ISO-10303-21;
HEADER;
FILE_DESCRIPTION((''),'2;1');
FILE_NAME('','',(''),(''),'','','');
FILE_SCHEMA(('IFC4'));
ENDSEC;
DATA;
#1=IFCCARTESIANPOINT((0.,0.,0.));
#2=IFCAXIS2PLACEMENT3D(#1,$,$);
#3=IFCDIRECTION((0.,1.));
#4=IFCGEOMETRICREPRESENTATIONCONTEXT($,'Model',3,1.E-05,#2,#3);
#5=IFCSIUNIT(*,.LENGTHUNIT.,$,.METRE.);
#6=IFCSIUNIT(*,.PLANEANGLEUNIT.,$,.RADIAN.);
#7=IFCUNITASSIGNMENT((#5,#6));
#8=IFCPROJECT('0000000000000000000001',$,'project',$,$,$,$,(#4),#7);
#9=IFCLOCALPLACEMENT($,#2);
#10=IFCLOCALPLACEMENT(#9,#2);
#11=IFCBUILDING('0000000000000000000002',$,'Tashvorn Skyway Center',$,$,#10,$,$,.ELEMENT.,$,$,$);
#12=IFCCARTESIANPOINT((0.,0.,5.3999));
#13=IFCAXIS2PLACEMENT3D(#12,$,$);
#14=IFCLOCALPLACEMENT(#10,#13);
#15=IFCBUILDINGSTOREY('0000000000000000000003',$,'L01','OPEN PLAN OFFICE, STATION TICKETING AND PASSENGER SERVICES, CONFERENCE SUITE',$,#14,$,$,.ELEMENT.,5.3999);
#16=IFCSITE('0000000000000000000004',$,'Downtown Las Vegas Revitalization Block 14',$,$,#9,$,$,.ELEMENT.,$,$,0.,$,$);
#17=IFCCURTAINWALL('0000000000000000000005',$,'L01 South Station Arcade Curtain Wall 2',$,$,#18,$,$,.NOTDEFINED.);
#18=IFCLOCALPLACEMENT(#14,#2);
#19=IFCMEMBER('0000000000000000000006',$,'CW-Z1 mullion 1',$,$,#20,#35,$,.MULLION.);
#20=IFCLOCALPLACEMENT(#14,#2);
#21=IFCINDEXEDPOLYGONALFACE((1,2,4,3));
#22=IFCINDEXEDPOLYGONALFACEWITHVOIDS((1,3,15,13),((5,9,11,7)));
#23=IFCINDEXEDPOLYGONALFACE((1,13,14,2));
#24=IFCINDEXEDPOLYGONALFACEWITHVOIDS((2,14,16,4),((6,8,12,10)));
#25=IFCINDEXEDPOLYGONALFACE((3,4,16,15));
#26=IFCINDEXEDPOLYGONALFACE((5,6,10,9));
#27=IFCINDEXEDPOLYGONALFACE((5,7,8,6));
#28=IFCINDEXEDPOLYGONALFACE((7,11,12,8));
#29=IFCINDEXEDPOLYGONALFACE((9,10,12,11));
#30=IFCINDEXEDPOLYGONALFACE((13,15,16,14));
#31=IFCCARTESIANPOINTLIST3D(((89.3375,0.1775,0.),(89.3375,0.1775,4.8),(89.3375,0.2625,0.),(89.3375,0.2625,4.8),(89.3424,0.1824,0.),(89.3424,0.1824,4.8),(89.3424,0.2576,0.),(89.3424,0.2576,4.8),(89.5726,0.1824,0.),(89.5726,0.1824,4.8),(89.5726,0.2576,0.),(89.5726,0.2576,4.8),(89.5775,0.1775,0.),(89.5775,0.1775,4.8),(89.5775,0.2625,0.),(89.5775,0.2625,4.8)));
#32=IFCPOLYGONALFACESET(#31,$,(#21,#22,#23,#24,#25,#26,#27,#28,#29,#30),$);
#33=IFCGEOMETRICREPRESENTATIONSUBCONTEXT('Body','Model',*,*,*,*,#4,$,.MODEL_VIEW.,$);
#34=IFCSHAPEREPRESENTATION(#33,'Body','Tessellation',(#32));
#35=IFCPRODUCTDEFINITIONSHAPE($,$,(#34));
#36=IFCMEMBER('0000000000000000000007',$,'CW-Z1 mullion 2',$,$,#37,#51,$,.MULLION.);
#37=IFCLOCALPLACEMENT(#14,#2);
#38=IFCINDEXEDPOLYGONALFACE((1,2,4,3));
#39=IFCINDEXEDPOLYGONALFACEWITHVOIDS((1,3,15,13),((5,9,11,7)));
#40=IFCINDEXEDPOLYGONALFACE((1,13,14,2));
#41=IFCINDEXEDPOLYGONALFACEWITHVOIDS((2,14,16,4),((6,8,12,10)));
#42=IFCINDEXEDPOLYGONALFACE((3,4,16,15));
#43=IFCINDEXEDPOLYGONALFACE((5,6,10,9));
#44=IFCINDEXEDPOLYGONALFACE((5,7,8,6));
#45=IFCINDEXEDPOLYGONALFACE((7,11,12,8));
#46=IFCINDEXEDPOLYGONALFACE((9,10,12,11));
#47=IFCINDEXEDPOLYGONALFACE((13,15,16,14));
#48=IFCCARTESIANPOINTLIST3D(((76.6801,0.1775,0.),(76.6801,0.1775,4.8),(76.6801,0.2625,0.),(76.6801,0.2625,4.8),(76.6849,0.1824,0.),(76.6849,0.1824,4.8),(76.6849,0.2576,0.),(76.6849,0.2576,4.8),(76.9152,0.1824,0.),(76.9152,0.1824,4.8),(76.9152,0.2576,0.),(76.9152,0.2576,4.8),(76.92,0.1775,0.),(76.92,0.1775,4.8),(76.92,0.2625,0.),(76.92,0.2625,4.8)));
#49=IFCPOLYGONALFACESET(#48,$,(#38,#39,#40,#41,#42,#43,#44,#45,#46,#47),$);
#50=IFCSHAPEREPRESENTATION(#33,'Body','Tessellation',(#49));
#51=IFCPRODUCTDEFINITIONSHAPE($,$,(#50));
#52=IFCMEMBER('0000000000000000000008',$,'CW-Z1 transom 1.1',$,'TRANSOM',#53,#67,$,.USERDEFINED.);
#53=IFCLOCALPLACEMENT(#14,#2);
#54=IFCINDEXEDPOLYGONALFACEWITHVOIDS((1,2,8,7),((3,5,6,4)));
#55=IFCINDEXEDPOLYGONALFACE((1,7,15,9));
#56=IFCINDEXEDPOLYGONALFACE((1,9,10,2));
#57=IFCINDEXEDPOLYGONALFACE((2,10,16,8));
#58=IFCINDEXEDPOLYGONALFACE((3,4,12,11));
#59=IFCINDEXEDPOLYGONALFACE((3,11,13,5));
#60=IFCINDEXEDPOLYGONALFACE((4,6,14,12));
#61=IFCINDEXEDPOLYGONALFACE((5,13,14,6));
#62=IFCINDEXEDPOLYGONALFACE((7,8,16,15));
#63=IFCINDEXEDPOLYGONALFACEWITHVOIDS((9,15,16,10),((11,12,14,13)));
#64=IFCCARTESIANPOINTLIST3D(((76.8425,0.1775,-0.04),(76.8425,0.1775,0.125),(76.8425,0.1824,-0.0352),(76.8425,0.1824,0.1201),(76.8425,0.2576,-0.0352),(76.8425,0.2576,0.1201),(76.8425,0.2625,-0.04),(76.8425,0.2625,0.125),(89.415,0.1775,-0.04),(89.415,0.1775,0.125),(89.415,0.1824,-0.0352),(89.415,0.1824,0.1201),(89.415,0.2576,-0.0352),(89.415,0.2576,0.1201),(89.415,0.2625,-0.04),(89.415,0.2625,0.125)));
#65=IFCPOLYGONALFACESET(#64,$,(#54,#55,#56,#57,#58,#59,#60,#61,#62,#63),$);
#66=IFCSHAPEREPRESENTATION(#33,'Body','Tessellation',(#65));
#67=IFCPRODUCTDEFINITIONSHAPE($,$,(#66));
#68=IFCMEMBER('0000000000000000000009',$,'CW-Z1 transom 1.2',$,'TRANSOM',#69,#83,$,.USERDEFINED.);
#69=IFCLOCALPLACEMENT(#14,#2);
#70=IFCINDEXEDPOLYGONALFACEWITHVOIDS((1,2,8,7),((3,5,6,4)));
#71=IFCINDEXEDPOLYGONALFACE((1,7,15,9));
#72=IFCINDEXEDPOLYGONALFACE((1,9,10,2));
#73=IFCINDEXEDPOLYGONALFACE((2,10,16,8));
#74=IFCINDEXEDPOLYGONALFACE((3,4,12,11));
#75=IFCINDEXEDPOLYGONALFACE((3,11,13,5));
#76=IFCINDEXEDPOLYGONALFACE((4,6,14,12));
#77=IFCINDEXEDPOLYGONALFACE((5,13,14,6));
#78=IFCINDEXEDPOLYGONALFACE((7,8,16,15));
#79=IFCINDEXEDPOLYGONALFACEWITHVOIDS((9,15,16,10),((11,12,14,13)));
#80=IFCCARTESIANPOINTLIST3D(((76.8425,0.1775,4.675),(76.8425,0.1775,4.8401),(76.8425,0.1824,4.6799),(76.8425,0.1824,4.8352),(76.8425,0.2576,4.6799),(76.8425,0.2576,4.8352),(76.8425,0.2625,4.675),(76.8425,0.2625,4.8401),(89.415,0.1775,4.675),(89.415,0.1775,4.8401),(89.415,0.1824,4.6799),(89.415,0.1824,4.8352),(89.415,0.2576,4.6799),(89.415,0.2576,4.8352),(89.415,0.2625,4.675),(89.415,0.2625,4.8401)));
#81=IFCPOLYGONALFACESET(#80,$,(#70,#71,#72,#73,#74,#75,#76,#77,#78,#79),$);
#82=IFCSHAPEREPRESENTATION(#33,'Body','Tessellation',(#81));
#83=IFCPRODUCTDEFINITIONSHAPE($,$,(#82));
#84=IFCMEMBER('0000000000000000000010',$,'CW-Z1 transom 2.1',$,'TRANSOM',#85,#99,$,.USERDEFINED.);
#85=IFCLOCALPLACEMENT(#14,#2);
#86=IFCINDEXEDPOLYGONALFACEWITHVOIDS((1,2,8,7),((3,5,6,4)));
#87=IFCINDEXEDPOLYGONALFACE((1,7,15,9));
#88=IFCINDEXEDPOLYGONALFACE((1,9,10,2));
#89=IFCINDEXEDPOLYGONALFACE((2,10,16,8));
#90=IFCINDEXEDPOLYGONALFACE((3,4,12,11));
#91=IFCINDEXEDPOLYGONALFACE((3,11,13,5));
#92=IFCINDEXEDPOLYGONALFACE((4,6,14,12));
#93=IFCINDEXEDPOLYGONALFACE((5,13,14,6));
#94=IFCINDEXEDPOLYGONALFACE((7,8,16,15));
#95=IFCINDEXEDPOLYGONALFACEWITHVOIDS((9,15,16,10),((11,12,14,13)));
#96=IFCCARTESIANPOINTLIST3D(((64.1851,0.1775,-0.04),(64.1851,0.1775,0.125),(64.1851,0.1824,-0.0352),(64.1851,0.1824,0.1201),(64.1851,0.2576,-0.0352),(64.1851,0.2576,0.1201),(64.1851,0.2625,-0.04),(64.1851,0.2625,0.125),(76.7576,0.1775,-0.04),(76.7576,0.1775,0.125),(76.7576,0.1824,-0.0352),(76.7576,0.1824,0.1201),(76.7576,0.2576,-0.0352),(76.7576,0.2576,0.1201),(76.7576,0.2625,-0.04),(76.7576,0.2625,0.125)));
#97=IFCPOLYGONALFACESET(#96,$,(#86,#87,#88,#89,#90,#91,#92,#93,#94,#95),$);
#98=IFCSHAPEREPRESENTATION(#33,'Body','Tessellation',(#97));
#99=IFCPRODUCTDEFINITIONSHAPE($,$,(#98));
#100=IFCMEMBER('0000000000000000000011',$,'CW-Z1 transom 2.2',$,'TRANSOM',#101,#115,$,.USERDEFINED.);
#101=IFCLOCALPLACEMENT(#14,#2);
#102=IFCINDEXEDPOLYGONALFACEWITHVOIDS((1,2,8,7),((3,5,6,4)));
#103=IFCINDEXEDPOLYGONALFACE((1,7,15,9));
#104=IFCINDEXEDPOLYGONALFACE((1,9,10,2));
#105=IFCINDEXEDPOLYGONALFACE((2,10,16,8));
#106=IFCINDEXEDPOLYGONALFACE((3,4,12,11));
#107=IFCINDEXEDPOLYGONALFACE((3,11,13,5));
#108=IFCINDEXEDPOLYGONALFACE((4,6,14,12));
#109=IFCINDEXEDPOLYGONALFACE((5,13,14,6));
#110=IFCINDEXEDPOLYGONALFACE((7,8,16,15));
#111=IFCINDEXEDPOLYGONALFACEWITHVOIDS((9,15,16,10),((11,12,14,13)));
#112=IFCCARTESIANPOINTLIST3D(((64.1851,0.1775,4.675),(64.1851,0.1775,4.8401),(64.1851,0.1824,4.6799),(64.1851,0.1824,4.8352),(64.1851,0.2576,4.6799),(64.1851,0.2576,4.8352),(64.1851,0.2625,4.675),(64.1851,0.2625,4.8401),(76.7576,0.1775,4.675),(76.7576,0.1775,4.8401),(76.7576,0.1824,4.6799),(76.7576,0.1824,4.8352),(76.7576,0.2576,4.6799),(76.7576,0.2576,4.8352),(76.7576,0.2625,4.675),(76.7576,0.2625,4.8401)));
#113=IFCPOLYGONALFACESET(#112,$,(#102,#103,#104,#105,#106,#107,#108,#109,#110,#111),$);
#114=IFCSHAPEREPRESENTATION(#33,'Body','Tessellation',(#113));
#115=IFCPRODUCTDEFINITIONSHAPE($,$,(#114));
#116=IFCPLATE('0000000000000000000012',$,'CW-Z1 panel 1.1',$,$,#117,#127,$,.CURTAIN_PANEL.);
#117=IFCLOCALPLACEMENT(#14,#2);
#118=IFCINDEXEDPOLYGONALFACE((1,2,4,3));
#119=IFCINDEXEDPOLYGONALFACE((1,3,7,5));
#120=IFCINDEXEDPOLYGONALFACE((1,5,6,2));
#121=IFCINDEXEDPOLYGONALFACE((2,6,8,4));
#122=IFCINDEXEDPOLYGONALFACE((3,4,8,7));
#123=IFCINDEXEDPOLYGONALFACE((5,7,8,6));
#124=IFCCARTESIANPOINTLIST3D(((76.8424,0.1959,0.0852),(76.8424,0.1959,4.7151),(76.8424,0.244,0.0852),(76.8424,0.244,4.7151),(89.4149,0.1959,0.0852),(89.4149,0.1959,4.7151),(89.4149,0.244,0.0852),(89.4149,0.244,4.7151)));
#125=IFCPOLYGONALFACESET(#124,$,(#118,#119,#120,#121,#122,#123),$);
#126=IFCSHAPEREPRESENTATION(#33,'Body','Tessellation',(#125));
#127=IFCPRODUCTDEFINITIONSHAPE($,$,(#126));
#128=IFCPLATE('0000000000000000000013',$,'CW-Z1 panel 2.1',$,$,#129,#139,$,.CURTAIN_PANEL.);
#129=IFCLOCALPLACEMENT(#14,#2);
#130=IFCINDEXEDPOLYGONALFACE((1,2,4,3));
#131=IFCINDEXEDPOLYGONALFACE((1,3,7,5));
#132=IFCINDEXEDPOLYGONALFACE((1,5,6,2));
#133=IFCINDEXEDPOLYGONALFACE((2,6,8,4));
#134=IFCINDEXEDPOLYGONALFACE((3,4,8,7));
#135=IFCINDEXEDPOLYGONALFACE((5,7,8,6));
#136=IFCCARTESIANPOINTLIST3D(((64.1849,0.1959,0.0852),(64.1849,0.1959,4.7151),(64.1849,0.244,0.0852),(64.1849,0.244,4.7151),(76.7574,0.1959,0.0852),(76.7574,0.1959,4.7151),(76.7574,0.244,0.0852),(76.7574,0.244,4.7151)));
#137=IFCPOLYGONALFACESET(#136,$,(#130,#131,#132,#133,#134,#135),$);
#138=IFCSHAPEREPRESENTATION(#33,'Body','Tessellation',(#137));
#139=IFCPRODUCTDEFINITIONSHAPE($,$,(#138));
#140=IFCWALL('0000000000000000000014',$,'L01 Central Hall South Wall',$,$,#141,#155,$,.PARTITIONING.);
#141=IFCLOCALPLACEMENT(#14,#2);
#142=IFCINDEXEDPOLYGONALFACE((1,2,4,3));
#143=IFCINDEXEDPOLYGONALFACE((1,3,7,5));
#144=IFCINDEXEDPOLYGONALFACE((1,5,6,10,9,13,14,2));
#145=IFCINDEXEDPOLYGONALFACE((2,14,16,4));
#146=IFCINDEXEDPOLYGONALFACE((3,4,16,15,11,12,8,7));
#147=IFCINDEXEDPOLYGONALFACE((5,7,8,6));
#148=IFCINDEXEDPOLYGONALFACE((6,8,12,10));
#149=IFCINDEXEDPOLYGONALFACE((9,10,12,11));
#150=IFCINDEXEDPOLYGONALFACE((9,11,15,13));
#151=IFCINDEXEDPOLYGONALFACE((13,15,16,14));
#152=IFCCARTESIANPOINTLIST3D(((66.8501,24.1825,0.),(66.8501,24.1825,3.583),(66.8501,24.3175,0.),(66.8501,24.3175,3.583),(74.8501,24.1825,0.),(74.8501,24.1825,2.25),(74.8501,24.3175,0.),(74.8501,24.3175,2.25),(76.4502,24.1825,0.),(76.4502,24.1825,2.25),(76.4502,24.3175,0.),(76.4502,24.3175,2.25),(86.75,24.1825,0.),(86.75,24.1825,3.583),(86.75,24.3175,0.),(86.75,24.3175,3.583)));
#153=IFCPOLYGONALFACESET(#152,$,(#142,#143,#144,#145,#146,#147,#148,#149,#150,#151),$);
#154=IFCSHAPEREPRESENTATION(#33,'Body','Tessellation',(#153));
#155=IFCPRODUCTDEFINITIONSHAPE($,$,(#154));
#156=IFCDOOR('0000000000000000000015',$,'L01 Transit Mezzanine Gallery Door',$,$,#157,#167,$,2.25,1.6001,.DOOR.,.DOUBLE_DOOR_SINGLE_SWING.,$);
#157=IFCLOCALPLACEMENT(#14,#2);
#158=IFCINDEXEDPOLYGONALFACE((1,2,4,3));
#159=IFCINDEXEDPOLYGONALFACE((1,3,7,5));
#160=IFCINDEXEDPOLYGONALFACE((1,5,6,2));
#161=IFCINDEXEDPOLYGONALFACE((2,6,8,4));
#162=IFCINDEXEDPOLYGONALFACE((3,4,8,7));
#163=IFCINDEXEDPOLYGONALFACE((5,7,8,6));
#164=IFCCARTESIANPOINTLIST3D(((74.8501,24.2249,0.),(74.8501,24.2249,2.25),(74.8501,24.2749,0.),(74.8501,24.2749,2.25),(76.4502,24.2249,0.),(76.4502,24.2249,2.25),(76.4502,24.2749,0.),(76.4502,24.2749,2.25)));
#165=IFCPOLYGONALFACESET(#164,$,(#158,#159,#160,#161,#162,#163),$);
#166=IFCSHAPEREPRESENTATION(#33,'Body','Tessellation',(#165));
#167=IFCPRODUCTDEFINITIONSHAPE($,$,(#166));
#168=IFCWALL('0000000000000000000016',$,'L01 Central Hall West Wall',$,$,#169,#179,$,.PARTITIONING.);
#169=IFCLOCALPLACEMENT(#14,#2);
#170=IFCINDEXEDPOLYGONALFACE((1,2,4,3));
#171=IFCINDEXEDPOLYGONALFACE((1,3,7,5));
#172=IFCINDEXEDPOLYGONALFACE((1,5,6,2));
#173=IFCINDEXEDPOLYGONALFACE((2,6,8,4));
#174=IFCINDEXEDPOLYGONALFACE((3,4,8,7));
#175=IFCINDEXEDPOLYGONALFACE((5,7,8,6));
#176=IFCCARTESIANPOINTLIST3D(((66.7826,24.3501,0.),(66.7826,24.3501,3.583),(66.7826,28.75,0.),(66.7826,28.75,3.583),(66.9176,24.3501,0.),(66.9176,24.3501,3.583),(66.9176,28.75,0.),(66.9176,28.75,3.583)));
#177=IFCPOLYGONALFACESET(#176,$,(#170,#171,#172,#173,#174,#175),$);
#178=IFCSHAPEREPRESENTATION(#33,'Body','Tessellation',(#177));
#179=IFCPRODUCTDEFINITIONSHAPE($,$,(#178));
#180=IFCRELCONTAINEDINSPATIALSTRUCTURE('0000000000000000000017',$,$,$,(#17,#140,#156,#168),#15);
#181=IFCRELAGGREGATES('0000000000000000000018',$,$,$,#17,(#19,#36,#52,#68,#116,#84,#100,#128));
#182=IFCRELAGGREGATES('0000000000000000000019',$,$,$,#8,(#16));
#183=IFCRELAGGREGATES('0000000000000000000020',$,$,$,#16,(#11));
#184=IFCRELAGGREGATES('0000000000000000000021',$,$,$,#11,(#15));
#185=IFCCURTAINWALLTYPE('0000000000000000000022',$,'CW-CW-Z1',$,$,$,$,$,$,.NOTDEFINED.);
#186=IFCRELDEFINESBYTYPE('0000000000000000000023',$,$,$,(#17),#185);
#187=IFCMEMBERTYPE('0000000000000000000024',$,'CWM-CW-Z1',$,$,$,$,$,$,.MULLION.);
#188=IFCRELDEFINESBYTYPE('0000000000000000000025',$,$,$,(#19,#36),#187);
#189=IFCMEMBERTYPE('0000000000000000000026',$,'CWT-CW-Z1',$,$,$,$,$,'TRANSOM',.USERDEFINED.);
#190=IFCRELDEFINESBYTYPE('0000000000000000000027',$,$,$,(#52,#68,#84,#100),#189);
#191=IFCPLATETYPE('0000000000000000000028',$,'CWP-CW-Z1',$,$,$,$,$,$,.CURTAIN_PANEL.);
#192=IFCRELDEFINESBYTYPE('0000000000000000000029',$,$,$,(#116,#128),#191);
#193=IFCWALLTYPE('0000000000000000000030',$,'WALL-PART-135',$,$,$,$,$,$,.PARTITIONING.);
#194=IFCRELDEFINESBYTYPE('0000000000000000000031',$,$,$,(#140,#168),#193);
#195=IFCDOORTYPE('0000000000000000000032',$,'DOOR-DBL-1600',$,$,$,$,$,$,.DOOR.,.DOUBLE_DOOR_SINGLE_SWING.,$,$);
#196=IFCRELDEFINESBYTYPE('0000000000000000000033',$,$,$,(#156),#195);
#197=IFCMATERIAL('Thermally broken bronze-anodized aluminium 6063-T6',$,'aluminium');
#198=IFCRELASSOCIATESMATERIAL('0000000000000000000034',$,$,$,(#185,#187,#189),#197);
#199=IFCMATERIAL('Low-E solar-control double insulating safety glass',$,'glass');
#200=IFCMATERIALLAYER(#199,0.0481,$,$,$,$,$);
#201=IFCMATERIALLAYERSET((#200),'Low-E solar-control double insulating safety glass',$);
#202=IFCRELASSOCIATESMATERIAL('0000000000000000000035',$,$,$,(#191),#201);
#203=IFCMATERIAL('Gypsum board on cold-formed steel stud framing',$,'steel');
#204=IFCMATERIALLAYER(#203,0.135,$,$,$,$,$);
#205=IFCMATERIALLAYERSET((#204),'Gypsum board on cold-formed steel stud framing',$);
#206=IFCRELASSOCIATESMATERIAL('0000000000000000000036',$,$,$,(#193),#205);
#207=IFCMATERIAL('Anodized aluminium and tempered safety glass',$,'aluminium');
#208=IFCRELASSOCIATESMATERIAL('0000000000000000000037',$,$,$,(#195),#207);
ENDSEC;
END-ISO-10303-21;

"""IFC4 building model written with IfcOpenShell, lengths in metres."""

from ifc_helpers import new_model, si_unit, direction, frame, frame_2d, origin, origin_2d, place, context, subcontext, project, spatial, rectangle, hollow_rectangle, extrude, material, layer, layer_set, material_profile, profile_set, type_object, element, fill, aggregate, save


model = new_model("IFC4")

# Units and contexts
model_context = context("Model", 3, precision=1e-05, world=origin(), true_north=direction((0.0, 1.0)))
body_context = subcontext(model_context, "Body", "Model", "MODEL_VIEW")
ifc_project = project(units=[si_unit("LENGTHUNIT", "METRE"), si_unit("PLANEANGLEUNIT", "RADIAN")], contexts=[model_context])

# Site, building, storey
site_placement = place(None, origin())
site = spatial("IfcSite", under=ifc_project, at=site_placement, Name="Downtown Las Vegas Revitalization Block 14", CompositionType="ELEMENT", RefElevation=0.0)
building_placement = place(site_placement, origin())
building = spatial("IfcBuilding", under=site, at=building_placement, Name="Tashvorn Skyway Center", CompositionType="ELEMENT")
storey_placement = place(building_placement, frame((0.0, 0.0, 5.3999)))
storey = spatial("IfcBuildingStorey", under=building, at=storey_placement, Name="L01", Description="OPEN PLAN OFFICE, STATION TICKETING AND PASSENGER SERVICES, CONFERENCE SUITE", CompositionType="ELEMENT", Elevation=5.3999)

# Curtain wall, members, plates
ifc_material_1 = material(Name="Thermally broken bronze-anodized aluminium 6063-T6", Category="aluminium")
curtain_wall_type = type_object("IfcCurtainWallType", Name="CW-CW-Z1", PredefinedType="NOTDEFINED", material=ifc_material_1)
curtain_wall_placement = place(storey_placement, origin())
curtain_wall = element("IfcCurtainWall", 1, at=curtain_wall_placement, inside=storey, type_object=curtain_wall_type, Name="L01 South Station Arcade Curtain Wall 2", PredefinedType="NOTDEFINED")
ifc_material_profile_1 = material_profile(ifc_material_1, hollow_rectangle(XDim=0.085, YDim=0.24, WallThickness=0.0049, at=origin_2d()), Name="ALU-MULL-85x240")
ifc_profile_set_1 = profile_set([ifc_material_profile_1], Name="Thermally broken bronze-anodized aluminium 6063-T6")
member_type_1 = type_object("IfcMemberType", Name="CWM-CW-Z1", PredefinedType="MULLION", material=ifc_profile_set_1)
member_1_placement = place(storey_placement, frame((89.4575, 0.22, 0.0), z_axis=(0.0, 0.0, 1.0), x_axis=(0.0, -1.0, 0.0)))
member_1 = element("IfcMember", 2, at=member_1_placement, type_object=member_type_1, Name="CW-Z1 mullion 1", PredefinedType="MULLION", context=body_context, shape_type="SweptSolid", body=[
    extrude(hollow_rectangle(XDim=0.085, YDim=0.24, WallThickness=0.0049, at=origin_2d()), origin(), (0.0, 0.0, 1.0), 4.8),
])
member_2_placement = place(storey_placement, frame((76.8, 0.22, 0.0), z_axis=(0.0, 0.0, 1.0), x_axis=(0.0, -1.0, 0.0)))
member_2 = element("IfcMember", 3, at=member_2_placement, type_object=member_type_1, Name="CW-Z1 mullion 2", PredefinedType="MULLION", context=body_context, shape_type="SweptSolid", body=[
    extrude(hollow_rectangle(XDim=0.085, YDim=0.24, WallThickness=0.0049, at=origin_2d()), origin(), (0.0, 0.0, 1.0), 4.8),
])
ifc_material_profile_2 = material_profile(ifc_material_1, hollow_rectangle(XDim=0.085, YDim=0.165, WallThickness=0.0049, at=origin_2d()), Name="ALU-TRAN-85x165")
ifc_profile_set_2 = profile_set([ifc_material_profile_2], Name="Thermally broken bronze-anodized aluminium 6063-T6")
member_type_2 = type_object("IfcMemberType", Name="CWT-CW-Z1", ElementType="TRANSOM", PredefinedType="USERDEFINED", material=ifc_profile_set_2)
member_3_placement = place(storey_placement, frame((89.415, 0.22, 0.0425), z_axis=(-1.0, 0.0, 0.0), x_axis=(0.0, -1.0, 0.0)))
member_3 = element("IfcMember", 4, at=member_3_placement, type_object=member_type_2, Name="CW-Z1 transom 1.1", ObjectType="TRANSOM", PredefinedType="USERDEFINED", context=body_context, shape_type="SweptSolid", body=[
    extrude(hollow_rectangle(XDim=0.085, YDim=0.165, WallThickness=0.0049, at=origin_2d()), origin(), (0.0, 0.0, 1.0), 12.5725),
])
member_4_placement = place(storey_placement, frame((89.415, 0.22, 4.7576), z_axis=(-1.0, 0.0, 0.0), x_axis=(0.0, -1.0, 0.0)))
member_4 = element("IfcMember", 5, at=member_4_placement, type_object=member_type_2, Name="CW-Z1 transom 1.2", ObjectType="TRANSOM", PredefinedType="USERDEFINED", context=body_context, shape_type="SweptSolid", body=[
    extrude(hollow_rectangle(XDim=0.085, YDim=0.165, WallThickness=0.0049, at=origin_2d()), origin(), (0.0, 0.0, 1.0), 12.5725),
])
member_5_placement = place(storey_placement, frame((76.7576, 0.22, 0.0425), z_axis=(-1.0, 0.0, 0.0), x_axis=(0.0, -1.0, 0.0)))
member_5 = element("IfcMember", 6, at=member_5_placement, type_object=member_type_2, Name="CW-Z1 transom 2.1", ObjectType="TRANSOM", PredefinedType="USERDEFINED", context=body_context, shape_type="SweptSolid", body=[
    extrude(hollow_rectangle(XDim=0.085, YDim=0.165, WallThickness=0.0049, at=origin_2d()), origin(), (0.0, 0.0, 1.0), 12.5725),
])
member_6_placement = place(storey_placement, frame((76.7576, 0.22, 4.7576), z_axis=(-1.0, 0.0, 0.0), x_axis=(0.0, -1.0, 0.0)))
member_6 = element("IfcMember", 7, at=member_6_placement, type_object=member_type_2, Name="CW-Z1 transom 2.2", ObjectType="TRANSOM", PredefinedType="USERDEFINED", context=body_context, shape_type="SweptSolid", body=[
    extrude(hollow_rectangle(XDim=0.085, YDim=0.165, WallThickness=0.0049, at=origin_2d()), origin(), (0.0, 0.0, 1.0), 12.5725),
])
ifc_material_2 = material(Name="Low-E solar-control double insulating safety glass", Category="glass")
ifc_layer_1 = layer(ifc_material_2, 0.0481)
ifc_layer_set_1 = layer_set([ifc_layer_1], Name="Low-E solar-control double insulating safety glass")
plate_type = type_object("IfcPlateType", Name="CWP-CW-Z1", PredefinedType="CURTAIN_PANEL", material=ifc_layer_set_1)
plate_1_placement = place(storey_placement, frame((83.1287, 0.22, 0.0852), z_axis=(0.0, 0.0, 1.0), x_axis=(-1.0, 0.0, 0.0)))
plate_1 = element("IfcPlate", 8, at=plate_1_placement, type_object=plate_type, Name="CW-Z1 panel 1.1", PredefinedType="CURTAIN_PANEL", context=body_context, shape_type="SweptSolid", body=[
    extrude(rectangle(XDim=12.5725, YDim=0.0481, at=origin_2d()), origin(), (0.0, 0.0, 1.0), 4.6299),
])
plate_2_placement = place(storey_placement, frame((70.4712, 0.22, 0.0852), z_axis=(0.0, 0.0, 1.0), x_axis=(-1.0, 0.0, 0.0)))
plate_2 = element("IfcPlate", 9, at=plate_2_placement, type_object=plate_type, Name="CW-Z1 panel 2.1", PredefinedType="CURTAIN_PANEL", context=body_context, shape_type="SweptSolid", body=[
    extrude(rectangle(XDim=12.5725, YDim=0.0481, at=origin_2d()), origin(), (0.0, 0.0, 1.0), 4.6299),
])
aggregate(curtain_wall, [member_1, member_2, member_3, member_4, plate_1, member_5, member_6, plate_2])

# Wall, opening, door
ifc_material_3 = material(Name="Gypsum board on cold-formed steel stud framing", Category="steel")
ifc_layer_2 = layer(ifc_material_3, 0.135)
ifc_layer_set_2 = layer_set([ifc_layer_2], Name="Gypsum board on cold-formed steel stud framing")
wall_type_1 = type_object("IfcWallType", Name="WALL-PART-135", PredefinedType="PARTITIONING", material=ifc_layer_set_2)
wall_1_placement = place(storey_placement, frame((66.8501, 24.25, 0.0), z_axis=(0.0, 0.0, 1.0), x_axis=(1.0, 0.0, 0.0)))
wall_1 = element("IfcWall", 10, at=wall_1_placement, inside=storey, type_object=wall_type_1, Name="L01 Central Hall South Wall", PredefinedType="PARTITIONING", context=body_context, shape_type="SweptSolid", body=[
    extrude(rectangle(XDim=19.8999, YDim=0.135, at=frame_2d((9.95, 0.0))), origin(), (0.0, 0.0, 1.0), 3.583),
])
opening_1_placement = place(wall_1_placement, frame((8.0, 0.0, 0.0)))
opening_1 = element("IfcOpeningElement", 11, at=opening_1_placement, cuts=wall_1, PredefinedType="OPENING", context=body_context, shape_type="SweptSolid", body=[
    extrude(rectangle(XDim=1.6001, YDim=2.25, at=frame_2d((0.8, 1.125))), frame((0.0, 0.0774, 0.0), z_axis=(0.0, -1.0, 0.0), x_axis=(1.0, 0.0, 0.0)), (0.0, 0.0, 1.0), 0.155),
])
ifc_material_4 = material(Name="Anodized aluminium and tempered safety glass", Category="aluminium")
door_type_1 = type_object("IfcDoorType", Name="DOOR-DBL-1600", OperationType="DOUBLE_DOOR_SINGLE_SWING", PredefinedType="DOOR", material=ifc_material_4)
door_1_placement = place(opening_1_placement, origin())
door_1 = element("IfcDoor", 12, at=door_1_placement, inside=storey, type_object=door_type_1, Name="L01 Transit Mezzanine Gallery Door", OperationType="DOUBLE_DOOR_SINGLE_SWING", OverallHeight=2.25, OverallWidth=1.6001, PredefinedType="DOOR", context=body_context, shape_type="SweptSolid", body=[
    extrude(rectangle(XDim=1.6001, YDim=2.25, at=frame_2d((0.8, 1.125))), frame((0.0, 0.0249, 0.0), z_axis=(0.0, -1.0, 0.0), x_axis=(1.0, 0.0, 0.0)), (0.0, 0.0, 1.0), 0.05),
])
fill(opening_1, door_1)

# Wall
for number, where, z_axis, x_axis, name in (
    (13, (66.8501, 24.3501, 0.0), (0.0, 0.0, 1.0), (0.0, 1.0, 0.0), "L01 Central Hall West Wall"),
):
    element("IfcWall", number, at=place(storey_placement, frame(where, z_axis=z_axis, x_axis=x_axis)), inside=storey, type_object=wall_type_1, Name=name, PredefinedType="PARTITIONING", context=body_context, shape_type="SweptSolid", body=[
        extrude(rectangle(XDim=4.3999, YDim=0.135, at=frame_2d((2.2, 0.0))), origin(), (0.0, 0.0, 1.0), 3.583),
    ])

save(model, "model.ifc")
